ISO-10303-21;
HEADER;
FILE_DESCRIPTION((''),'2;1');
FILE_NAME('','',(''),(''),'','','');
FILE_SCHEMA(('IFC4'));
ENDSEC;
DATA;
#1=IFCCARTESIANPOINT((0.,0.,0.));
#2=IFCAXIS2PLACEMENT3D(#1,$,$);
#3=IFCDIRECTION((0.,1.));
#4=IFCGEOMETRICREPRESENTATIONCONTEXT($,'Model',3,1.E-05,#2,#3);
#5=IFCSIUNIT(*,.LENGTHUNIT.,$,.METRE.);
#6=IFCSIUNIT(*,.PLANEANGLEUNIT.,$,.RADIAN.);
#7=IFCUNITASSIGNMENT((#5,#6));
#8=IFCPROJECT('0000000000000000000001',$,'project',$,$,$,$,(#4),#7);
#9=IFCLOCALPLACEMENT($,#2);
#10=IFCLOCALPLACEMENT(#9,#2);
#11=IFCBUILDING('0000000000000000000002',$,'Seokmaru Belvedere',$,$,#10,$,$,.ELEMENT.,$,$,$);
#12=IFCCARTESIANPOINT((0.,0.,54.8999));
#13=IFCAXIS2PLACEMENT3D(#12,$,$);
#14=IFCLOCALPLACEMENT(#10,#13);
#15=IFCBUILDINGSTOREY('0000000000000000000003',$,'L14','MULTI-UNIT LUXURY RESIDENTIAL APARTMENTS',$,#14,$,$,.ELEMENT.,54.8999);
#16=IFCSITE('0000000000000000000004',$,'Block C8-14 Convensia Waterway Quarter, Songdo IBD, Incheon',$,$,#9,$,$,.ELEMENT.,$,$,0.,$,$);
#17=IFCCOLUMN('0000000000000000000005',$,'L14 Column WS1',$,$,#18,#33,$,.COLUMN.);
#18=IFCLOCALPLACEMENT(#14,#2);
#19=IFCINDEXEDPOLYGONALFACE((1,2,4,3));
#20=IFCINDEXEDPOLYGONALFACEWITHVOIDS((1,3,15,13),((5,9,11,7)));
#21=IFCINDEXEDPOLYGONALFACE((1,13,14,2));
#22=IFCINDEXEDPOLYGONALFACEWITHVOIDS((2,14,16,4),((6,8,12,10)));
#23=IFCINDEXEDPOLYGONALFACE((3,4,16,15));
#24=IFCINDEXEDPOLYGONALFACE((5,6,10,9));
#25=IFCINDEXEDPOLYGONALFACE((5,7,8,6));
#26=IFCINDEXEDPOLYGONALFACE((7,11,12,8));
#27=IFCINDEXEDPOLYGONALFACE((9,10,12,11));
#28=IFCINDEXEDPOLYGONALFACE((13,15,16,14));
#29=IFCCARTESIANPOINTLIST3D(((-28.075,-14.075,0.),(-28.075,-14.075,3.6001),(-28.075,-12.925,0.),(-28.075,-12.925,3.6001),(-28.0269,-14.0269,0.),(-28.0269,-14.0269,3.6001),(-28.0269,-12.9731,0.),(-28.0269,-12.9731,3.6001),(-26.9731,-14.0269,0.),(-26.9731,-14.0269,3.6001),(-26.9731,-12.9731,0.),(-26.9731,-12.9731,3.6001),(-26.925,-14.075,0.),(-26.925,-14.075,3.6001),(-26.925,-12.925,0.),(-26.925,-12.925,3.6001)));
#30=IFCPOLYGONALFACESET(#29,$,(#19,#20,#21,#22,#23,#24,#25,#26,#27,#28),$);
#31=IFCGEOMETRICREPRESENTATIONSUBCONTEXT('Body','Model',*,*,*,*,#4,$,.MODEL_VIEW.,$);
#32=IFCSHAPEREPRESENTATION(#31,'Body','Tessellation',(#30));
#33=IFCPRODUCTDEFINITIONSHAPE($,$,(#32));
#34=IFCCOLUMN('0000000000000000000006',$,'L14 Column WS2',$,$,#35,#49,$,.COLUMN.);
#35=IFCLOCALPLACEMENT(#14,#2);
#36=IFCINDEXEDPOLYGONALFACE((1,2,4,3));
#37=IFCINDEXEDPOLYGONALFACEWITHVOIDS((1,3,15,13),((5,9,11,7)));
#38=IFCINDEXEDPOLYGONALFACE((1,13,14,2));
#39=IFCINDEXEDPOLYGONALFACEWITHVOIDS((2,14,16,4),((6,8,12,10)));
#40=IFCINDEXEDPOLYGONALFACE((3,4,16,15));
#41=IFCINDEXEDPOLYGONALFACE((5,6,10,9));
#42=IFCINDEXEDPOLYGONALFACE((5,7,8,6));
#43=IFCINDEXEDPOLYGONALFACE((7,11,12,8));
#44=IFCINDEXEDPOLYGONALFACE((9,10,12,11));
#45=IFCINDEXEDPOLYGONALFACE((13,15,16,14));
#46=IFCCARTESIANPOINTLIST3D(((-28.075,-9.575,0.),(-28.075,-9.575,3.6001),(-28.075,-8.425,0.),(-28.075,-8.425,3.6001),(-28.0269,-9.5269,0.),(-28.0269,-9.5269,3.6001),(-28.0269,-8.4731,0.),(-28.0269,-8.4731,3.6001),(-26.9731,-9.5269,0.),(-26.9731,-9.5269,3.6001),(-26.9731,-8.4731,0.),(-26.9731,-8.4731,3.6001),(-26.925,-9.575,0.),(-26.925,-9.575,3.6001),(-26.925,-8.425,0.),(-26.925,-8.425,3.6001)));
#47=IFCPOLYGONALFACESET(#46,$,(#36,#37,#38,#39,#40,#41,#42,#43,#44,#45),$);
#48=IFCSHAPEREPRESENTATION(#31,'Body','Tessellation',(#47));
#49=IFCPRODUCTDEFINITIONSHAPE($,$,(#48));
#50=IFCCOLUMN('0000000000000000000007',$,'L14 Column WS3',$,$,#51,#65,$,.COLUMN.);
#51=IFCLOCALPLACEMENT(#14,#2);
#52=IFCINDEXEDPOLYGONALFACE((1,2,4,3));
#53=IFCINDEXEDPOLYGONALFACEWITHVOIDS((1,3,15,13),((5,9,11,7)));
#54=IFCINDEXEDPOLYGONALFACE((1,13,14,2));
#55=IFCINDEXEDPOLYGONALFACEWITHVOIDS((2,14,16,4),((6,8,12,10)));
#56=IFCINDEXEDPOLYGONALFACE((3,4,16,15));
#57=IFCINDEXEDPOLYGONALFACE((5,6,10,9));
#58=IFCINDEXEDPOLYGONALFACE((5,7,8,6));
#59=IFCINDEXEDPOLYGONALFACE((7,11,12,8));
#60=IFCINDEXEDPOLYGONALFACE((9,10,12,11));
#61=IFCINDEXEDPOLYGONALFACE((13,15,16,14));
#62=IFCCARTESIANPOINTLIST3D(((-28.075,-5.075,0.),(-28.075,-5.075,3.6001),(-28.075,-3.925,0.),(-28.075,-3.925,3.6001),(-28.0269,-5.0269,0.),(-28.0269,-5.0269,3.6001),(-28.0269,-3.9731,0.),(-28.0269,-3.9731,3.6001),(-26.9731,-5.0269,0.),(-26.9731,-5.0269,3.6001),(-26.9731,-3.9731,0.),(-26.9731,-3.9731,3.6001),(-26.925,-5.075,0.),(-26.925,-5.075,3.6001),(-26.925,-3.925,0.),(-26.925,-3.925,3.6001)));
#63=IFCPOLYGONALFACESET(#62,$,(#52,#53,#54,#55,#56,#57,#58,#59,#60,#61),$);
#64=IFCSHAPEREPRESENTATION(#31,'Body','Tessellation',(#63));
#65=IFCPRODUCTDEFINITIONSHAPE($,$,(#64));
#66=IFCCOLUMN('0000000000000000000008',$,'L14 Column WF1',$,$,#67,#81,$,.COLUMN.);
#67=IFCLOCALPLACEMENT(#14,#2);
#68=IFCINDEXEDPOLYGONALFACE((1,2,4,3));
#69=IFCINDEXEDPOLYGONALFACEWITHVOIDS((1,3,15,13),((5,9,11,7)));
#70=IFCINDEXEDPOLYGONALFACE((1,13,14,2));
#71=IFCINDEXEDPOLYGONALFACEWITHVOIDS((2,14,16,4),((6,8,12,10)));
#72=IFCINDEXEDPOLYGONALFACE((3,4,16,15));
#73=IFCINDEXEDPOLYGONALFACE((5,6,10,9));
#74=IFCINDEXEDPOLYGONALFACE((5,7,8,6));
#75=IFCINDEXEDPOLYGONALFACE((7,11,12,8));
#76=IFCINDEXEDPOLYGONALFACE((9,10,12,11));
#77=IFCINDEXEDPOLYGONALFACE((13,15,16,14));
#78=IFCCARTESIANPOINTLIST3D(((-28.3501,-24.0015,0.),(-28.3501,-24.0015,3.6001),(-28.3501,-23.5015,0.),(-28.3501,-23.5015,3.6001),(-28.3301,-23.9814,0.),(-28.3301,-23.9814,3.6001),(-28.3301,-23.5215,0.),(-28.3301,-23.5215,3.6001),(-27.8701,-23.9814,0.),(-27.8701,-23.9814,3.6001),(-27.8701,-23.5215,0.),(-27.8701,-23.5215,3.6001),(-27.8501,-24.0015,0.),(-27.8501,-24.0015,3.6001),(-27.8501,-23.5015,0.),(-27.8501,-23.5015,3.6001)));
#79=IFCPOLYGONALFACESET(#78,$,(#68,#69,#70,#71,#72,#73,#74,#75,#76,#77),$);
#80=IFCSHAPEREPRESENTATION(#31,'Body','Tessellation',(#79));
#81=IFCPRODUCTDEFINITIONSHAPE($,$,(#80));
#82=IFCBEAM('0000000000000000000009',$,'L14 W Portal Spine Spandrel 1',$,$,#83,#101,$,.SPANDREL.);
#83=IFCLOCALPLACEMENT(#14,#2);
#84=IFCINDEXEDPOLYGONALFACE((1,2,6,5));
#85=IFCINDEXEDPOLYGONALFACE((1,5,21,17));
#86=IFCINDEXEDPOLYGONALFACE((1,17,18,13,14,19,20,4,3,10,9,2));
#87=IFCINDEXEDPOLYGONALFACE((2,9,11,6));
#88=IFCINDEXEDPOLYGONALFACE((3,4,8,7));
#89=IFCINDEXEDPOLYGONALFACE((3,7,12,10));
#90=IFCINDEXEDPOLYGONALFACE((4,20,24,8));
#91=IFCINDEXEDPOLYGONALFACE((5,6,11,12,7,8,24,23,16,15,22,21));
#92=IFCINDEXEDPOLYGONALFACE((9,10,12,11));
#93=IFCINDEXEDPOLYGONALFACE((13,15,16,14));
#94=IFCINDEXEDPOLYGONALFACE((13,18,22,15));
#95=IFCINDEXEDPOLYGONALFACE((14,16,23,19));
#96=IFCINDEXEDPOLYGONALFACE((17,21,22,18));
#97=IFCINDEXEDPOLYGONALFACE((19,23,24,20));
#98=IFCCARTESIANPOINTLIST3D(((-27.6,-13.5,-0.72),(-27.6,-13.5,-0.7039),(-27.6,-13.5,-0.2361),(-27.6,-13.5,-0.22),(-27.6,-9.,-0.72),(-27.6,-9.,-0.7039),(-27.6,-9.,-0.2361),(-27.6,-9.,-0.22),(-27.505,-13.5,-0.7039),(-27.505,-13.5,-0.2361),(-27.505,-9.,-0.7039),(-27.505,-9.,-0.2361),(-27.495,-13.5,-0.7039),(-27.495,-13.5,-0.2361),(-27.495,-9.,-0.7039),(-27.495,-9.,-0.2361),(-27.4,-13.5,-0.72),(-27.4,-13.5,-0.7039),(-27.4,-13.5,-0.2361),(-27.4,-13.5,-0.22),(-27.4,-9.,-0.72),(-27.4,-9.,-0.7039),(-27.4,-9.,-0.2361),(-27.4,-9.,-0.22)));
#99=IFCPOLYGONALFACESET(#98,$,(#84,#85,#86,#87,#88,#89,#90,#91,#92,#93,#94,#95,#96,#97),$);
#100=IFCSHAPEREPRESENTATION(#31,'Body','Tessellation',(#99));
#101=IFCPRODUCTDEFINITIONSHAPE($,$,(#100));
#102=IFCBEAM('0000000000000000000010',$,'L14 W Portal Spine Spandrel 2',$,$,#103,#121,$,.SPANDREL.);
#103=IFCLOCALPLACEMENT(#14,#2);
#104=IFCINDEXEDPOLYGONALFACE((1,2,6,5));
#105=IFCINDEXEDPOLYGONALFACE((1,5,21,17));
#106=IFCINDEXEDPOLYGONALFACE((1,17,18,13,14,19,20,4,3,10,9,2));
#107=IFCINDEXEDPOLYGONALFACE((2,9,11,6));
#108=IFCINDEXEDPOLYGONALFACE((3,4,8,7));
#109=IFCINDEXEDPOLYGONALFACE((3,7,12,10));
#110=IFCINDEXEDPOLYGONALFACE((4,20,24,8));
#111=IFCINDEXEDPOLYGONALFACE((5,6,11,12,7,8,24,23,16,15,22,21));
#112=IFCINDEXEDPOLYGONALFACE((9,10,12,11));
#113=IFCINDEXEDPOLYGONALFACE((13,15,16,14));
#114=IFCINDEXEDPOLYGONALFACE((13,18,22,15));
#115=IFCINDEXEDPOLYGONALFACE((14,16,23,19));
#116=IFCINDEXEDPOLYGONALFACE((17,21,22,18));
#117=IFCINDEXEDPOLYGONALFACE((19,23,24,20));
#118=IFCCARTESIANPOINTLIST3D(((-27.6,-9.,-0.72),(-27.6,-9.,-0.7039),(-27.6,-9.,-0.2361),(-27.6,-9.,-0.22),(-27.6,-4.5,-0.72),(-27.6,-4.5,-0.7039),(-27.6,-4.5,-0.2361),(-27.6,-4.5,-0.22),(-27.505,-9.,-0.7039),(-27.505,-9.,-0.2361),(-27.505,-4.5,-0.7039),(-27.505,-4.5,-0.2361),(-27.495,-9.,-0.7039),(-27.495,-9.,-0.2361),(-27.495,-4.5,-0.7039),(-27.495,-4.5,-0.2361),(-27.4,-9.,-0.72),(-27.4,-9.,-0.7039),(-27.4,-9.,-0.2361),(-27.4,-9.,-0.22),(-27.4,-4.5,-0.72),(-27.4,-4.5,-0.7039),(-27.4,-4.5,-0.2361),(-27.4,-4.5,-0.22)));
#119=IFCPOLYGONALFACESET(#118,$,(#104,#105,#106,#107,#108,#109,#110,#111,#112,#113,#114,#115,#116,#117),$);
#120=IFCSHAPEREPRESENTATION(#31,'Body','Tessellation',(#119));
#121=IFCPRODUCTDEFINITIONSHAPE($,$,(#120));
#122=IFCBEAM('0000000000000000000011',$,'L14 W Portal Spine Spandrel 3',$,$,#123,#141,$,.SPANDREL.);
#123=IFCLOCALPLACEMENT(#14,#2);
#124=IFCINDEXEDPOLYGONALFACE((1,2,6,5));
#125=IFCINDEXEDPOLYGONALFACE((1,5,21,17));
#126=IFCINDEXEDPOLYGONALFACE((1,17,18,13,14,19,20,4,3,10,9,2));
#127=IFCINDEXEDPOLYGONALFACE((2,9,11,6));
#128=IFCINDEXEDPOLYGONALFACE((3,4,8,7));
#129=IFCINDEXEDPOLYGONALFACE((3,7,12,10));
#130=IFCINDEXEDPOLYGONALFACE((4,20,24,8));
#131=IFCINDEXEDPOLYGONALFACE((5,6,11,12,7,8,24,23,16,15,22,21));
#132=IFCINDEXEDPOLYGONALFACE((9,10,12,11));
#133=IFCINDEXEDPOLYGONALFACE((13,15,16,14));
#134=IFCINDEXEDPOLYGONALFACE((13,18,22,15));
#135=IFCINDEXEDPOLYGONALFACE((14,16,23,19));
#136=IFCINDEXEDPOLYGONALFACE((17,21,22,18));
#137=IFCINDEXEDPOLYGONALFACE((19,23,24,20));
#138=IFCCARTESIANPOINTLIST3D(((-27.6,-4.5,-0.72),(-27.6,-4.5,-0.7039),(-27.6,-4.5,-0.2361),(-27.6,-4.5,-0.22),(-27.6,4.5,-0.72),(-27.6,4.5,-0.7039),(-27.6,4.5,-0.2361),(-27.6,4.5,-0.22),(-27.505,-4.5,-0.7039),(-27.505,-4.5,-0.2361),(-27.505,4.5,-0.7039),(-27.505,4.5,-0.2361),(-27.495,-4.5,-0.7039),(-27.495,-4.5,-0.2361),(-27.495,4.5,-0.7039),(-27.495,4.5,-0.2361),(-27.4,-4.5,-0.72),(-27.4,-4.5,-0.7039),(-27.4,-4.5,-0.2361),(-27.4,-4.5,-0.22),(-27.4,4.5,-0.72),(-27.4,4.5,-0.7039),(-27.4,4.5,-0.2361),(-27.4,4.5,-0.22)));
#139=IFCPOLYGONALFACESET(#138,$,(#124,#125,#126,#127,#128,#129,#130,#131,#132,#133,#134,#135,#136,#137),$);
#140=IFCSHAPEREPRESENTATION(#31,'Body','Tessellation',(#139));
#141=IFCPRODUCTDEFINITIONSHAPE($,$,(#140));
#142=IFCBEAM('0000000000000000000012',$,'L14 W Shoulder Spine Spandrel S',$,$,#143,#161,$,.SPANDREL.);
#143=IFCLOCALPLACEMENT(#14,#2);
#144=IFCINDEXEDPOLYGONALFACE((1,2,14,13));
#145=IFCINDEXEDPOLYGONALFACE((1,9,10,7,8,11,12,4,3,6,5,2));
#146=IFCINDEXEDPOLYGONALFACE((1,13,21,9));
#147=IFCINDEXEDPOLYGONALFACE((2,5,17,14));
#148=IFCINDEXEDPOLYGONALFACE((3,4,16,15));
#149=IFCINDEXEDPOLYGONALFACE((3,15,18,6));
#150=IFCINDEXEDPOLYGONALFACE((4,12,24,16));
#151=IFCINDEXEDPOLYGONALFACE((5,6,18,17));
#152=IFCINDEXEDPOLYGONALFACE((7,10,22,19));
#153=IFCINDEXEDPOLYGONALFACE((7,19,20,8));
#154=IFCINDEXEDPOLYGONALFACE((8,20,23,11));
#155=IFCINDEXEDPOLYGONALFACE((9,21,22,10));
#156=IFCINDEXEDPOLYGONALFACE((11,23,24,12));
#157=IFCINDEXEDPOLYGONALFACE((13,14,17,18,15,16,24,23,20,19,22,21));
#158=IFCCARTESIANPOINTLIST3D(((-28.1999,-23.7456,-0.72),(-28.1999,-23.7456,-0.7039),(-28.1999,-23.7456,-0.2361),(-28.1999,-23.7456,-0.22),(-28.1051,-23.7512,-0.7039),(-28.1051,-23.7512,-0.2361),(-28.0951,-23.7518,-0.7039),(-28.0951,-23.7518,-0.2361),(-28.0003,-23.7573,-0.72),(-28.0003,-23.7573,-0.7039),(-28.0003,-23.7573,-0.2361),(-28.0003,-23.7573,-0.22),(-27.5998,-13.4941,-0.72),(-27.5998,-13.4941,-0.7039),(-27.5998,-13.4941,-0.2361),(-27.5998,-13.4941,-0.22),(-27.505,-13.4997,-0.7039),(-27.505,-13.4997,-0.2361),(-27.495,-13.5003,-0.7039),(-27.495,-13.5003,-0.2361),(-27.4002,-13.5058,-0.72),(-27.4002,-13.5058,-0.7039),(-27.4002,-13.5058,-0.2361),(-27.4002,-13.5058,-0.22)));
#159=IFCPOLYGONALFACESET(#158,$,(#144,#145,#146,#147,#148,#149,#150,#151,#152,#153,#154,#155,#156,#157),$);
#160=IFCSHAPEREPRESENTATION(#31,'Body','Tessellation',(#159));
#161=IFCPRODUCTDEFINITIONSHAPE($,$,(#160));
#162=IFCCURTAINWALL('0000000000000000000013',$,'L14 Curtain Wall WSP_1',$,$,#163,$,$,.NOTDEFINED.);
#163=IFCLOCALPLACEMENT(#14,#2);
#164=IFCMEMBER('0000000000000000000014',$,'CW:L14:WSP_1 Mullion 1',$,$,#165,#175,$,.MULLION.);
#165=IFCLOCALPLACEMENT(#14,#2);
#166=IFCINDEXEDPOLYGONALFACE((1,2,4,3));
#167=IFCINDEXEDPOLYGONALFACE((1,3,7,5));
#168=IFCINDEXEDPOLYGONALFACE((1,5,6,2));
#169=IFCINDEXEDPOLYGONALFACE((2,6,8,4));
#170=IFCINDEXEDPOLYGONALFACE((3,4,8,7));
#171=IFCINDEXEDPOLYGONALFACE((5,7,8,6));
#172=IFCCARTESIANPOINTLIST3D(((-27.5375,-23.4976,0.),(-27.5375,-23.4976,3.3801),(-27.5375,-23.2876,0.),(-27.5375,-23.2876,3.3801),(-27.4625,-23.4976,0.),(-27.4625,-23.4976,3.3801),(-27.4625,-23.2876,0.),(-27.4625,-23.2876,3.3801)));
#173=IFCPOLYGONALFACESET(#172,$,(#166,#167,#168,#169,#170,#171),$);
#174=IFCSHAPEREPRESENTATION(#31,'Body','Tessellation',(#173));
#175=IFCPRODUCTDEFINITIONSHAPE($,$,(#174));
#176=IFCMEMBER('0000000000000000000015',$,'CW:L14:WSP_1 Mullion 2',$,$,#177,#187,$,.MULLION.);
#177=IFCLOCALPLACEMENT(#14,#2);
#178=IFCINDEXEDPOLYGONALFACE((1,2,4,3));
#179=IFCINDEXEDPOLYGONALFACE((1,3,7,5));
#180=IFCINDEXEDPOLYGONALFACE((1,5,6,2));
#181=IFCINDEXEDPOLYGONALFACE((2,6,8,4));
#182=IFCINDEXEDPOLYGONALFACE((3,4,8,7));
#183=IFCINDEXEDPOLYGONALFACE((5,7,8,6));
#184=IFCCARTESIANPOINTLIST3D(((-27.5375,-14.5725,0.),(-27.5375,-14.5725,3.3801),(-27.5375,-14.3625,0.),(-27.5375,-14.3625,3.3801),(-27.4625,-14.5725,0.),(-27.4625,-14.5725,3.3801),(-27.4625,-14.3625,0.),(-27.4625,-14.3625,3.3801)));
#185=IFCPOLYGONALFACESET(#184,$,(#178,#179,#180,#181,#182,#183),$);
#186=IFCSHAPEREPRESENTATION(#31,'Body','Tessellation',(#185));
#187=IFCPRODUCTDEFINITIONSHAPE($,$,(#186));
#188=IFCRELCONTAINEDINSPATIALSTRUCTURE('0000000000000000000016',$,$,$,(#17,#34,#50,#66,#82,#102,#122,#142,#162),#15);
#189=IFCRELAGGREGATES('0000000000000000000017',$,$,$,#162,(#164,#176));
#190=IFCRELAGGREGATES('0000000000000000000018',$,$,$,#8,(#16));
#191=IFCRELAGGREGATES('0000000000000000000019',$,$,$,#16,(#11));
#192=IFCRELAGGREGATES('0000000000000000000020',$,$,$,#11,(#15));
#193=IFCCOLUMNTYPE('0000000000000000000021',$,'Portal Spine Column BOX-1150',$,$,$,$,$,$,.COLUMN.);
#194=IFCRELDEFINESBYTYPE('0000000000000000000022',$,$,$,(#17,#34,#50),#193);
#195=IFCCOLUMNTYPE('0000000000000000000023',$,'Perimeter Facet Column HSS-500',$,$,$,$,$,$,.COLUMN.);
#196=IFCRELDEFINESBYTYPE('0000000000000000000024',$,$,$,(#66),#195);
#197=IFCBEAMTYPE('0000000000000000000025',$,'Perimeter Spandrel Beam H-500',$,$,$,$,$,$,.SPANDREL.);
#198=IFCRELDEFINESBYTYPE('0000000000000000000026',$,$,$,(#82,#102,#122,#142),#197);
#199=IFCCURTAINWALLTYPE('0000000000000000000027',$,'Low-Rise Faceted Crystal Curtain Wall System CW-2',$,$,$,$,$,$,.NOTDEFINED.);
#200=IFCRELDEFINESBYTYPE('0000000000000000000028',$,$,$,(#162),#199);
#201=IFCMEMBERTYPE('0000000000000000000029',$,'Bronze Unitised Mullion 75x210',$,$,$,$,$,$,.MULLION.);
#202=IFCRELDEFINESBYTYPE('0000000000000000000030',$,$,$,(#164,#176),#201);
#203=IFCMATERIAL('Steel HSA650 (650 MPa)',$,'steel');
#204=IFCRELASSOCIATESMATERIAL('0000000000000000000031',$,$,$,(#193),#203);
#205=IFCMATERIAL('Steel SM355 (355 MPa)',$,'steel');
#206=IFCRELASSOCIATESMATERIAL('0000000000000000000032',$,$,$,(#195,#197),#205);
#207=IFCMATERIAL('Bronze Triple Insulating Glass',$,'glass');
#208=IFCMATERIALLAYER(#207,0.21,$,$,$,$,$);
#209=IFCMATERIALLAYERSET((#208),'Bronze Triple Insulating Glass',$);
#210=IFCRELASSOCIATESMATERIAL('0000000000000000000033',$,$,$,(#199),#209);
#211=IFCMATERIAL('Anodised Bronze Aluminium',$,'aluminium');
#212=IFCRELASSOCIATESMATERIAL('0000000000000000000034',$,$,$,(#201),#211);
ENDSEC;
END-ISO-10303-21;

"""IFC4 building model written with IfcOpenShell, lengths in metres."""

from ifc_helpers import new_model, si_unit, direction, frame, origin, origin_2d, place, context, subcontext, project, spatial, rectangle, hollow_rectangle, i_section, extrude, source, transform, mapped, material, layer, layer_set, material_profile, profile_set, type_object, type_shapes, element, aggregate, save


model = new_model("IFC4")

# Units and contexts
model_context = context("Model", 3, precision=1e-05, world=origin(), true_north=direction((0.0, 1.0)))
body_context = subcontext(model_context, "Body", "Model", "MODEL_VIEW")
ifc_project = project(units=[si_unit("LENGTHUNIT", "METRE"), si_unit("PLANEANGLEUNIT", "RADIAN")], contexts=[model_context])

# Site, building, storey
site_placement = place(None, origin())
site = spatial("IfcSite", under=ifc_project, at=site_placement, Name="Block C8-14 Convensia Waterway Quarter, Songdo IBD, Incheon", CompositionType="ELEMENT", RefElevation=0.0)
building_placement = place(site_placement, origin())
building = spatial("IfcBuilding", under=site, at=building_placement, Name="Seokmaru Belvedere", CompositionType="ELEMENT")
storey_placement = place(building_placement, frame((0.0, 0.0, 54.8999)))
storey = spatial("IfcBuildingStorey", under=building, at=storey_placement, Name="L14", Description="MULTI-UNIT LUXURY RESIDENTIAL APARTMENTS", CompositionType="ELEMENT", Elevation=54.8999)

# Columns
ifc_material_1 = material(Name="Steel HSA650 (650 MPa)", Category="steel")
ifc_material_profile_1 = material_profile(ifc_material_1, hollow_rectangle(XDim=1.1499, YDim=1.1499, WallThickness=0.0481, at=origin_2d()), Name="BOX-1150x1150x48")
ifc_profile_set_1 = profile_set([ifc_material_profile_1], Name="Steel HSA650 (650 MPa)")
column_type_1 = type_object("IfcColumnType", Name="Portal Spine Column BOX-1150", PredefinedType="COLUMN", material=ifc_profile_set_1)
shared_shape_1 = source(origin(), body_context, "Body", "SweptSolid", [
    extrude(hollow_rectangle(XDim=1.1499, YDim=1.1499, WallThickness=0.0481, at=origin_2d()), origin(), (0.0, 0.0, 1.0), 3.6001),
])
type_shapes(column_type_1, [shared_shape_1])
for number, where, z_axis, x_axis, name in (
    (1, (-27.5, -13.5, 0.0), (0.0, 0.0, 1.0), (1.0, 0.0, 0.0), "L14 Column WS1"),
    (2, (-27.5, -9.0, 0.0), (0.0, 0.0, 1.0), (1.0, 0.0, 0.0), "L14 Column WS2"),
    (3, (-27.5, -4.5, 0.0), (0.0, 0.0, 1.0), (1.0, 0.0, 0.0), "L14 Column WS3"),
):
    element("IfcColumn", number, at=place(storey_placement, frame(where, z_axis=z_axis, x_axis=x_axis)), inside=storey, type_object=column_type_1, Name=name, PredefinedType="COLUMN", context=body_context, shape_type="MappedRepresentation", body=[
        mapped(shared_shape_1, transform((0.0, 0.0, 0.0), scale=1.0)),
    ])
ifc_material_2 = material(Name="Steel SM355 (355 MPa)", Category="steel")
ifc_material_profile_2 = material_profile(ifc_material_2, hollow_rectangle(XDim=0.5, YDim=0.5, WallThickness=0.02, at=origin_2d()), Name="HSS-500x500x20")
ifc_profile_set_2 = profile_set([ifc_material_profile_2], Name="Steel SM355 (355 MPa)")
column_type_2 = type_object("IfcColumnType", Name="Perimeter Facet Column HSS-500", PredefinedType="COLUMN", material=ifc_profile_set_2)
shared_shape_2 = source(origin(), body_context, "Body", "SweptSolid", [
    extrude(hollow_rectangle(XDim=0.5, YDim=0.5, WallThickness=0.02, at=origin_2d()), origin(), (0.0, 0.0, 1.0), 3.6001),
])
type_shapes(column_type_2, [shared_shape_2])
column_placement = place(storey_placement, frame((-28.1001, -23.7515, 0.0), z_axis=(0.0, 0.0, 1.0), x_axis=(1.0, 0.0, 0.0)))
element("IfcColumn", 4, at=column_placement, inside=storey, type_object=column_type_2, Name="L14 Column WF1", PredefinedType="COLUMN", context=body_context, shape_type="MappedRepresentation", body=[
    mapped(shared_shape_2, transform((0.0, 0.0, 0.0), scale=1.0)),
])

# Beams
ifc_material_profile_3 = material_profile(ifc_material_2, i_section(OverallWidth=0.2, OverallDepth=0.5, WebThickness=0.01, FlangeThickness=0.0161, at=origin_2d()), Name="H-500x200x10x16")
ifc_profile_set_3 = profile_set([ifc_material_profile_3], Name="Steel SM355 (355 MPa)")
beam_type = type_object("IfcBeamType", Name="Perimeter Spandrel Beam H-500", PredefinedType="SPANDREL", material=ifc_profile_set_3)
shared_shape_3 = source(origin(), body_context, "Body", "SweptSolid", [
    extrude(i_section(OverallWidth=0.2, OverallDepth=0.5, WebThickness=0.01, FlangeThickness=0.0161, at=origin_2d()), origin(), (0.0, 0.0, 1.0), 4.5),
])
for number, where, z_axis, x_axis, name in (
    (5, (-27.5, -13.5, -0.47), (0.0, 1.0, 0.0), (-1.0, 0.0, 0.0), "L14 W Portal Spine Spandrel 1"),
    (6, (-27.5, -9.0, -0.47), (0.0, 1.0, 0.0), (-1.0, 0.0, 0.0), "L14 W Portal Spine Spandrel 2"),
):
    element("IfcBeam", number, at=place(storey_placement, frame(where, z_axis=z_axis, x_axis=x_axis)), inside=storey, type_object=beam_type, Name=name, PredefinedType="SPANDREL", context=body_context, shape_type="MappedRepresentation", body=[
        mapped(shared_shape_3, transform((0.0, 0.0, 0.0), scale=1.0)),
    ])
shared_shape_4 = source(origin(), body_context, "Body", "SweptSolid", [
    extrude(i_section(OverallWidth=0.2, OverallDepth=0.5, WebThickness=0.01, FlangeThickness=0.0161, at=origin_2d()), origin(), (0.0, 0.0, 1.0), 9.0),
])
beam_1_placement = place(storey_placement, frame((-27.5, -4.5, -0.47), z_axis=(0.0, 1.0, 0.0), x_axis=(-1.0, 0.0, 0.0)))
element("IfcBeam", 7, at=beam_1_placement, inside=storey, type_object=beam_type, Name="L14 W Portal Spine Spandrel 3", PredefinedType="SPANDREL", context=body_context, shape_type="MappedRepresentation", body=[
    mapped(shared_shape_4, transform((0.0, 0.0, 0.0), scale=1.0)),
])
shared_shape_5 = source(origin(), body_context, "Body", "SweptSolid", [
    extrude(i_section(OverallWidth=0.2, OverallDepth=0.5, WebThickness=0.01, FlangeThickness=0.0161, at=origin_2d()), origin(), (0.0, 0.0, 1.0), 10.269),
])
type_shapes(beam_type, [shared_shape_3, shared_shape_4, shared_shape_5])
beam_2_placement = place(storey_placement, frame((-28.1001, -23.7515, -0.47), z_axis=(0.058438, 0.998291, 0.0), x_axis=(-0.998291, 0.058438, 0.0)))
element("IfcBeam", 8, at=beam_2_placement, inside=storey, type_object=beam_type, Name="L14 W Shoulder Spine Spandrel S", PredefinedType="SPANDREL", context=body_context, shape_type="MappedRepresentation", body=[
    mapped(shared_shape_5, transform((0.0, 0.0, 0.0), scale=1.0)),
])

# Curtain wall, members
ifc_material_3 = material(Name="Bronze Triple Insulating Glass", Category="glass")
ifc_layer_1 = layer(ifc_material_3, 0.21)
ifc_layer_set_1 = layer_set([ifc_layer_1], Name="Bronze Triple Insulating Glass")
curtain_wall_type = type_object("IfcCurtainWallType", Name="Low-Rise Faceted Crystal Curtain Wall System CW-2", PredefinedType="NOTDEFINED", material=ifc_layer_set_1)
curtain_wall_1_placement = place(storey_placement, origin())
curtain_wall_1 = element("IfcCurtainWall", 9, at=curtain_wall_1_placement, inside=storey, type_object=curtain_wall_type, Name="L14 Curtain Wall WSP_1", PredefinedType="NOTDEFINED")
ifc_material_4 = material(Name="Anodised Bronze Aluminium", Category="aluminium")
ifc_material_profile_4 = material_profile(ifc_material_4, rectangle(XDim=0.075, YDim=0.21, at=origin_2d()), Name="CW-M-75x210")
ifc_profile_set_4 = profile_set([ifc_material_profile_4], Name="Anodised Bronze Aluminium")
member_type_1 = type_object("IfcMemberType", Name="Bronze Unitised Mullion 75x210", PredefinedType="MULLION", material=ifc_profile_set_4)
shared_shape_6 = source(origin(), body_context, "Body", "SweptSolid", [
    extrude(rectangle(XDim=0.075, YDim=0.21, at=origin_2d()), origin(), (0.0, 0.0, 1.0), 3.3801),
])
type_shapes(member_type_1, [shared_shape_6])
member_1_placement = place(storey_placement, frame((-27.5, -23.3926, 0.0), z_axis=(0.0, 0.0, 1.0), x_axis=(-1.0, 0.0, 0.0)))
member_1 = element("IfcMember", 10, at=member_1_placement, type_object=member_type_1, Name="CW:L14:WSP_1 Mullion 1", PredefinedType="MULLION", context=body_context, shape_type="MappedRepresentation", body=[
    mapped(shared_shape_6, transform((0.0, 0.0, 0.0), scale=1.0)),
])
member_2_placement = place(storey_placement, frame((-27.5, -14.4675, 0.0), z_axis=(0.0, 0.0, 1.0), x_axis=(-1.0, 0.0, 0.0)))
member_2 = element("IfcMember", 11, at=member_2_placement, type_object=member_type_1, Name="CW:L14:WSP_1 Mullion 2", PredefinedType="MULLION", context=body_context, shape_type="MappedRepresentation", body=[
    mapped(shared_shape_6, transform((0.0, 0.0, 0.0), scale=1.0)),
])

aggregate(curtain_wall_1, [member_1, member_2])

save(model, "model.ifc")
